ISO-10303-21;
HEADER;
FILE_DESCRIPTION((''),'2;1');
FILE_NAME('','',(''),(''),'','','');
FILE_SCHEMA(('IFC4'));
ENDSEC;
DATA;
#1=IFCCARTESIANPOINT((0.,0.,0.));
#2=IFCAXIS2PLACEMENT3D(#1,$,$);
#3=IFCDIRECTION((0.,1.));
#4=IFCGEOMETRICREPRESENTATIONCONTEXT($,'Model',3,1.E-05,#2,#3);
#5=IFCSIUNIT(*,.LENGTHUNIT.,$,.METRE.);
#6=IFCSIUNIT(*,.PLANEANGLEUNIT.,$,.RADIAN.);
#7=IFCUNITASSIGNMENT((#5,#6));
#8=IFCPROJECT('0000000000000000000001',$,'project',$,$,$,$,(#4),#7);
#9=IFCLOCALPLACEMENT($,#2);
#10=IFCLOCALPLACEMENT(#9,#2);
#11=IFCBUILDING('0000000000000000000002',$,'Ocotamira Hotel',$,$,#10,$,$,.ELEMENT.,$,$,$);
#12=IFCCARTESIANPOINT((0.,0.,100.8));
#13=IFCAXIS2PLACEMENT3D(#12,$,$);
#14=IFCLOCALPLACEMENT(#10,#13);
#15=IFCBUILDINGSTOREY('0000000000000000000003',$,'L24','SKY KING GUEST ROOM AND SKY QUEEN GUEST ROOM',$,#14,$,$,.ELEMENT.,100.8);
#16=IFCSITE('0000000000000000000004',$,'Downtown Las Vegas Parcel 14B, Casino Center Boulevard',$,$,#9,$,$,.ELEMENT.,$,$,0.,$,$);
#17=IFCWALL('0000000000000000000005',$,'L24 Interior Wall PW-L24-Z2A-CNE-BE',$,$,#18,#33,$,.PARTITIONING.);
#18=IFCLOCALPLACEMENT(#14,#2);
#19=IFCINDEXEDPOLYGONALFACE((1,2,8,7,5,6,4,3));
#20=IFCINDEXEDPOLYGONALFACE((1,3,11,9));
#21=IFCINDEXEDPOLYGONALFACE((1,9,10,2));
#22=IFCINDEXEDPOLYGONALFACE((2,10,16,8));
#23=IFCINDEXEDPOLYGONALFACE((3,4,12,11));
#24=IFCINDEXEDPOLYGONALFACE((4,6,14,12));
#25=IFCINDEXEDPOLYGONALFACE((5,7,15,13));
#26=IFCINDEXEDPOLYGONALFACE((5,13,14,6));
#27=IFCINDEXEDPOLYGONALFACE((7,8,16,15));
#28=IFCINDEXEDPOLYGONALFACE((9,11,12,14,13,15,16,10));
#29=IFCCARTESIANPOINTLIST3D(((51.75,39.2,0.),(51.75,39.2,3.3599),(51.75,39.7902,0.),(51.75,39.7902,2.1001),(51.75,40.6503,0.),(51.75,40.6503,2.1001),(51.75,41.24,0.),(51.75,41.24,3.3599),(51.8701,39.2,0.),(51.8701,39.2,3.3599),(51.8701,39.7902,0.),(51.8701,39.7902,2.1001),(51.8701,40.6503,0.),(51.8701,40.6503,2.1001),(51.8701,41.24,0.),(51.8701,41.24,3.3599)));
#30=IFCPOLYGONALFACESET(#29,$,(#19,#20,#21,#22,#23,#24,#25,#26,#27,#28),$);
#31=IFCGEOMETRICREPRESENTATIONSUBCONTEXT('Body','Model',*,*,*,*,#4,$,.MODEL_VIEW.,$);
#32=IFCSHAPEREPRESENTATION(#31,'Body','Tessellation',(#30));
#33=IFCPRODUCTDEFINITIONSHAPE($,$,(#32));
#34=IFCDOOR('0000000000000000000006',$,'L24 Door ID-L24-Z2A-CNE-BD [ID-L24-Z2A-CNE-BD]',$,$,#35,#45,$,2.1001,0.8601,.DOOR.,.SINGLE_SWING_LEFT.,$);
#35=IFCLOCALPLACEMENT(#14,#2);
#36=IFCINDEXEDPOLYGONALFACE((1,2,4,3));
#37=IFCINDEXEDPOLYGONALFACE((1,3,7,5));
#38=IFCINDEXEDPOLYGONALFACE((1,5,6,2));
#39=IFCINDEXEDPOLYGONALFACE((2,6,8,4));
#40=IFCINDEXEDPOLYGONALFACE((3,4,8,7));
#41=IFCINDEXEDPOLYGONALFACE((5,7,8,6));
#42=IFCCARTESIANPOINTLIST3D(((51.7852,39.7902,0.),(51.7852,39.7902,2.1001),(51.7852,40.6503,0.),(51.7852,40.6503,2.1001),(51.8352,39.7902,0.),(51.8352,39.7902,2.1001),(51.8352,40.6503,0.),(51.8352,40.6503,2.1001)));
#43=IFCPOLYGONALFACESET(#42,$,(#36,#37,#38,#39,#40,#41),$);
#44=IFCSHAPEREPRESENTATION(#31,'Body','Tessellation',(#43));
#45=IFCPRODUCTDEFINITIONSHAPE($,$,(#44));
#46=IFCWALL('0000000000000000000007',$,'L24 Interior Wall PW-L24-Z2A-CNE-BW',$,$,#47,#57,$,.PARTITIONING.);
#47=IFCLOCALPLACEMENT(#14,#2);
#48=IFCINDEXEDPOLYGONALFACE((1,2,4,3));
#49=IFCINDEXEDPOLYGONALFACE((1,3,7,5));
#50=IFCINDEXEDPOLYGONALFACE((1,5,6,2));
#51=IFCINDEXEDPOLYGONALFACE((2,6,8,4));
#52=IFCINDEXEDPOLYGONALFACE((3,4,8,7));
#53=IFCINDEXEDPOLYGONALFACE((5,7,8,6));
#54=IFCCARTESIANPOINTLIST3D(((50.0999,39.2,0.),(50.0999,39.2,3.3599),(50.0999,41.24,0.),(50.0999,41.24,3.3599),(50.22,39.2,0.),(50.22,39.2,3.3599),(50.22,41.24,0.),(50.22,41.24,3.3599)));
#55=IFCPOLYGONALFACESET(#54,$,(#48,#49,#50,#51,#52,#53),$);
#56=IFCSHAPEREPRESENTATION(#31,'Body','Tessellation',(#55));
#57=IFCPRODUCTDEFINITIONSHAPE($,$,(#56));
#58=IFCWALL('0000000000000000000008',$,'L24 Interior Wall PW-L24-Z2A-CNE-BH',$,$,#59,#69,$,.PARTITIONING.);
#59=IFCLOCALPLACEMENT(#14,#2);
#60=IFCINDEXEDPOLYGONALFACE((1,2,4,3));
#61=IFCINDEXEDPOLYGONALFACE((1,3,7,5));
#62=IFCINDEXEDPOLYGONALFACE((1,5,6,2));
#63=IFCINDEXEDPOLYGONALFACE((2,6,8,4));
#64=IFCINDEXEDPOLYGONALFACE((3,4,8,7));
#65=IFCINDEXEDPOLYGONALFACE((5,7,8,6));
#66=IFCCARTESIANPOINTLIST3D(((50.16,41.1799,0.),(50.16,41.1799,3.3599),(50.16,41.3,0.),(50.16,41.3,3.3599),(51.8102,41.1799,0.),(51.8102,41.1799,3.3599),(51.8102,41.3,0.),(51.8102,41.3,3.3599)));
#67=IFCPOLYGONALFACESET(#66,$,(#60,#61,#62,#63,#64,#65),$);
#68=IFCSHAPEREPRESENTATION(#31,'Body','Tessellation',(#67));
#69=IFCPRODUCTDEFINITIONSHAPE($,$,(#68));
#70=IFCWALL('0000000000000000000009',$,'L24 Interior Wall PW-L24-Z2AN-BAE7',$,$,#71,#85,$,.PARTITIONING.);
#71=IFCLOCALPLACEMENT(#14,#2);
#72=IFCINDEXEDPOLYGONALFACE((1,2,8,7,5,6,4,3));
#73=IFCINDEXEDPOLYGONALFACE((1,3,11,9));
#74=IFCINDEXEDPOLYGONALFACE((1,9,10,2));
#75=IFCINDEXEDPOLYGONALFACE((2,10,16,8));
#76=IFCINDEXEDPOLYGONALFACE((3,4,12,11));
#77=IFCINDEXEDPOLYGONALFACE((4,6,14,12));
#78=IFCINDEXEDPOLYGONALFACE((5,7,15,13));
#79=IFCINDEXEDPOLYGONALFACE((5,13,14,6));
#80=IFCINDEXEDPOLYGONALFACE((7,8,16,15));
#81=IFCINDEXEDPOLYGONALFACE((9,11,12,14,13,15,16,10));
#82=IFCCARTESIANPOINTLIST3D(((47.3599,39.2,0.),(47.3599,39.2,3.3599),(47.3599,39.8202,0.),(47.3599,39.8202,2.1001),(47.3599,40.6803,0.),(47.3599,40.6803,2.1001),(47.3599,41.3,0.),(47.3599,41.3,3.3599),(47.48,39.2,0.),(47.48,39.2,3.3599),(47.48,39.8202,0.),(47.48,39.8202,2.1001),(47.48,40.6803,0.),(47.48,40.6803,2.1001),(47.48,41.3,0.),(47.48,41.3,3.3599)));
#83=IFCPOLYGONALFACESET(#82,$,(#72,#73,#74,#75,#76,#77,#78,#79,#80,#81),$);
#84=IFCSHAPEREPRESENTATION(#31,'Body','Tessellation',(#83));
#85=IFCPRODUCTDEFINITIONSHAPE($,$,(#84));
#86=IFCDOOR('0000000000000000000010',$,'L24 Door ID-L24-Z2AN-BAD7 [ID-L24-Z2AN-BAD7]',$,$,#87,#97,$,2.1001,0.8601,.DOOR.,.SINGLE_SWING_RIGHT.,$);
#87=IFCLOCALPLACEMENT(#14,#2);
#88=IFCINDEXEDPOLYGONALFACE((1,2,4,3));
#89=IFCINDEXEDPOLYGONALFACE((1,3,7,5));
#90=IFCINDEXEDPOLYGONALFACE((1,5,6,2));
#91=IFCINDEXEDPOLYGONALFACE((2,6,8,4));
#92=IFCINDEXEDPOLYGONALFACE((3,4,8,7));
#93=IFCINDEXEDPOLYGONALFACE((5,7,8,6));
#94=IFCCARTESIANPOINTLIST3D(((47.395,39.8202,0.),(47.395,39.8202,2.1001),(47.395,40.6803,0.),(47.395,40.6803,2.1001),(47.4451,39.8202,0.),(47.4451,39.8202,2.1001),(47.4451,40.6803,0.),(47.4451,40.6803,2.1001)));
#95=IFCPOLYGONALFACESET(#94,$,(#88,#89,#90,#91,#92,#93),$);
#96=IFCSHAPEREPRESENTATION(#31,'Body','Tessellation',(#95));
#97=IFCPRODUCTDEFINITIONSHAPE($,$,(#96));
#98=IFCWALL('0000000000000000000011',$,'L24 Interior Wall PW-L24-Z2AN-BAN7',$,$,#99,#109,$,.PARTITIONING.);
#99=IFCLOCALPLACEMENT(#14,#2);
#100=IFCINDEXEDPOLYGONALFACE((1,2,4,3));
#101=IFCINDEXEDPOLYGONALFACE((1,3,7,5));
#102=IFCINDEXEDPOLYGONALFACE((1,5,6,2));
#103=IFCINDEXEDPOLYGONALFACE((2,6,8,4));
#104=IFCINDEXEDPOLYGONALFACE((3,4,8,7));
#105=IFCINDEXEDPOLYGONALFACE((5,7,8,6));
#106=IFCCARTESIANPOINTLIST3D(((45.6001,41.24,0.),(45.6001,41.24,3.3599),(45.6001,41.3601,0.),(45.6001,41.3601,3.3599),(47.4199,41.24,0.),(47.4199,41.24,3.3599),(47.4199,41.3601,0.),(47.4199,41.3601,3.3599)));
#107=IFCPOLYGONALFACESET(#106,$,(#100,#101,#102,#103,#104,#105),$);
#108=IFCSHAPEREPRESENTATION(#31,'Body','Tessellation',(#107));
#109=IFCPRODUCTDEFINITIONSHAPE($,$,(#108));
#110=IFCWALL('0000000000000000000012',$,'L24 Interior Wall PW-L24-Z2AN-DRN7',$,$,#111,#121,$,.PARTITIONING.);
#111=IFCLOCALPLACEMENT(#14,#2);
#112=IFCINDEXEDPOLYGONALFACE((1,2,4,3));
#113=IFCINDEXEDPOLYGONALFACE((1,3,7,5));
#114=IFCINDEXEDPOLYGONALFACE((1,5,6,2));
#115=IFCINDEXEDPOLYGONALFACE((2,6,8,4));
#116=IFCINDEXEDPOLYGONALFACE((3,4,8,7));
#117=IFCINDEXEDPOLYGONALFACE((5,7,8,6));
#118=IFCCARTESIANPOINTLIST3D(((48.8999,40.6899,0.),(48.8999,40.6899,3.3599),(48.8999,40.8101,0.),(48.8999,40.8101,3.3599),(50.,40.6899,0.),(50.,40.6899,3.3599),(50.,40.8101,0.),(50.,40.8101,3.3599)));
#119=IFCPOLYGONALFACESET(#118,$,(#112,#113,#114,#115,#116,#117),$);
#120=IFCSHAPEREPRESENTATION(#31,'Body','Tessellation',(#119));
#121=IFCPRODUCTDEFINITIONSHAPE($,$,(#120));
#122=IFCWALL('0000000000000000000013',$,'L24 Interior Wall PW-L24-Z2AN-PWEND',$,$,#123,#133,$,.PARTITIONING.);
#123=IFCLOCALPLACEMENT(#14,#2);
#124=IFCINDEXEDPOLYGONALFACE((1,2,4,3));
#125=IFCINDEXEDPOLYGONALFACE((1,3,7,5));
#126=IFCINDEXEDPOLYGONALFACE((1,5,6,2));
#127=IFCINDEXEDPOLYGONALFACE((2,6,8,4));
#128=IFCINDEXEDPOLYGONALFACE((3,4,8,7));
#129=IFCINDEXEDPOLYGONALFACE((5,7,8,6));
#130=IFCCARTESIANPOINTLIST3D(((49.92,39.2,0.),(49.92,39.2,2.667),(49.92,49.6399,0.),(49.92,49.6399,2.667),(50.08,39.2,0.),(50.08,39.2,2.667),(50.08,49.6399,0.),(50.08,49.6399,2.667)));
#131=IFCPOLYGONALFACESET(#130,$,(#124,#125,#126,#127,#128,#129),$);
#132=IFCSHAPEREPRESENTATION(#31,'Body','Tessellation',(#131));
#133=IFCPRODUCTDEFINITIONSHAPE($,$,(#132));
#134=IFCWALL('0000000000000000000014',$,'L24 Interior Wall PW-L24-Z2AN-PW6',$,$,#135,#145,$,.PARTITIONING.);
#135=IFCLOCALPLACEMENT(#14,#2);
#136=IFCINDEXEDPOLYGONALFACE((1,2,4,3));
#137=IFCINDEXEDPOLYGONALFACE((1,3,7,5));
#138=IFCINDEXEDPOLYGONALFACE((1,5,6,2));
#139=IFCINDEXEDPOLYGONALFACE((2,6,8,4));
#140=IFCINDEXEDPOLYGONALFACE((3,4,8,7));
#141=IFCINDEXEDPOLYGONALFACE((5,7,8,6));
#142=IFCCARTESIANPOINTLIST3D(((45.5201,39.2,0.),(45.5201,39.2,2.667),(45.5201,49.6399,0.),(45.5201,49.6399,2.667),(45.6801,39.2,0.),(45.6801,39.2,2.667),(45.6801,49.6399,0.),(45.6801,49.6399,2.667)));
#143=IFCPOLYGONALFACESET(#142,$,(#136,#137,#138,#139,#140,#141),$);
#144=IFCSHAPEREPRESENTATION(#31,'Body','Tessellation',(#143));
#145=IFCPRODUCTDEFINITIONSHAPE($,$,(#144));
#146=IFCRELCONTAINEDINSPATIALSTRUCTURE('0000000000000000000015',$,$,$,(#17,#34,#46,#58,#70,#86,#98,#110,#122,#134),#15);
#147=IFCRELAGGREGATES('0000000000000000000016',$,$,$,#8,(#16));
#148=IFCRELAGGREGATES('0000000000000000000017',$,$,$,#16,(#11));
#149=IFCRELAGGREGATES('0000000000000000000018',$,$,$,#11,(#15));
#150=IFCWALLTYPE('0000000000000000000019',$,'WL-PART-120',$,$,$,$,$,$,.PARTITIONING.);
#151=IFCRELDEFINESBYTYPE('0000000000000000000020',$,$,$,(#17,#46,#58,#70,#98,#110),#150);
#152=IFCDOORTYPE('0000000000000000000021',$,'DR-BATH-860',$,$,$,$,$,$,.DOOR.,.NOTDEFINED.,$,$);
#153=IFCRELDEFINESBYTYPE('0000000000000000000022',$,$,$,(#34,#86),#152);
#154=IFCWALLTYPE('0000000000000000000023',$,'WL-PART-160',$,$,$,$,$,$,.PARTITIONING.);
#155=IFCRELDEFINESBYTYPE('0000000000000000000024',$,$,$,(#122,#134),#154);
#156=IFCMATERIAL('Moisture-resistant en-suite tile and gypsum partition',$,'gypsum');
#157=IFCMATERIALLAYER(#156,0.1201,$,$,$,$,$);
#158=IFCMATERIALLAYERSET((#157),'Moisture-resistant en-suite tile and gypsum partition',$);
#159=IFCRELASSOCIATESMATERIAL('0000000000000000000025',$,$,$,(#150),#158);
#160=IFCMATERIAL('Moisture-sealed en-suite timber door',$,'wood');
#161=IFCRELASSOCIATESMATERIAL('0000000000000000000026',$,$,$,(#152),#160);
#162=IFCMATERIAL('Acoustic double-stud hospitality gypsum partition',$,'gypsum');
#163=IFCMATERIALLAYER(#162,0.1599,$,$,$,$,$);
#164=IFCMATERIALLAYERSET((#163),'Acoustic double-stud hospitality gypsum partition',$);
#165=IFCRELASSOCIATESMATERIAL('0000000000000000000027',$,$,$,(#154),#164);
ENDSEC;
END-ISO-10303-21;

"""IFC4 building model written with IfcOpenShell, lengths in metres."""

from ifc_helpers import new_model, si_unit, direction, frame, frame_2d, origin, place, context, subcontext, project, spatial, rectangle, extrude, source, transform, mapped, material, layer, layer_set, type_object, element, fill, save


model = new_model("IFC4")

# Units and contexts
model_context = context("Model", 3, precision=1e-05, world=origin(), true_north=direction((0.0, 1.0)))
body_context = subcontext(model_context, "Body", "Model", "MODEL_VIEW")
ifc_project = project(units=[si_unit("LENGTHUNIT", "METRE"), si_unit("PLANEANGLEUNIT", "RADIAN")], contexts=[model_context])

# Site, building, storey
site_placement = place(None, origin())
site = spatial("IfcSite", under=ifc_project, at=site_placement, Name="Downtown Las Vegas Parcel 14B, Casino Center Boulevard", CompositionType="ELEMENT", RefElevation=0.0)
building_placement = place(site_placement, origin())
building = spatial("IfcBuilding", under=site, at=building_placement, Name="Ocotamira Hotel", CompositionType="ELEMENT")
storey_placement = place(building_placement, frame((0.0, 0.0, 100.8)))
storey = spatial("IfcBuildingStorey", under=building, at=storey_placement, Name="L24", Description="SKY KING GUEST ROOM AND SKY QUEEN GUEST ROOM", CompositionType="ELEMENT", Elevation=100.8)

# Wall, opening, door
ifc_material_1 = material(Name="Moisture-resistant en-suite tile and gypsum partition", Category="gypsum")
ifc_layer_1 = layer(ifc_material_1, 0.1201)
ifc_layer_set_1 = layer_set([ifc_layer_1], Name="Moisture-resistant en-suite tile and gypsum partition")
wall_type_1 = type_object("IfcWallType", Name="WL-PART-120", PredefinedType="PARTITIONING", material=ifc_layer_set_1)
wall_1_placement = place(storey_placement, frame((51.8101, 39.2, 0.0), z_axis=(0.0, 0.0, 1.0), x_axis=(0.0, 1.0, 0.0)))
wall_1 = element("IfcWall", 1, at=wall_1_placement, inside=storey, type_object=wall_type_1, Name="L24 Interior Wall PW-L24-Z2A-CNE-BE", PredefinedType="PARTITIONING", context=body_context, shape_type="SweptSolid", body=[
    extrude(rectangle(XDim=2.04, YDim=0.1201, at=frame_2d((1.02, 0.0))), origin(), (0.0, 0.0, 1.0), 3.3599),
])
opening_1_placement = place(wall_1_placement, frame((0.5901, 0.0, 0.0)))
opening_1 = element("IfcOpeningElement", 2, at=opening_1_placement, cuts=wall_1, PredefinedType="OPENING", context=body_context, shape_type="SweptSolid", body=[
    extrude(rectangle(XDim=0.8601, YDim=2.1001, at=frame_2d((0.4302, 1.05))), frame((0.0, 0.0701, 0.0), z_axis=(0.0, -1.0, 0.0), x_axis=(1.0, 0.0, 0.0)), (0.0, 0.0, 1.0), 0.1401),
])
ifc_material_2 = material(Name="Moisture-sealed en-suite timber door", Category="wood")
door_type_1 = type_object("IfcDoorType", Name="DR-BATH-860", OperationType="NOTDEFINED", PredefinedType="DOOR", material=ifc_material_2)
shared_shape_1 = source(origin(), body_context, "Body", "SweptSolid", [
    extrude(rectangle(XDim=0.8601, YDim=2.1001, at=frame_2d((0.4302, 1.05))), frame((0.0, 0.0249, 0.0), z_axis=(0.0, -1.0, 0.0), x_axis=(1.0, 0.0, 0.0)), (0.0, 0.0, 1.0), 0.05),
])
door_1_placement = place(opening_1_placement, origin())
door_1 = element("IfcDoor", 3, at=door_1_placement, inside=storey, type_object=door_type_1, Name="L24 Door ID-L24-Z2A-CNE-BD [ID-L24-Z2A-CNE-BD]", OperationType="SINGLE_SWING_LEFT", OverallHeight=2.1001, OverallWidth=0.8601, PredefinedType="DOOR", context=body_context, shape_type="MappedRepresentation", body=[
    mapped(shared_shape_1, transform((0.0, 0.0, 0.0), scale=1.0)),
])
fill(opening_1, door_1)

# Walls
wall_2_placement = place(storey_placement, frame((50.1599, 39.2, 0.0), z_axis=(0.0, 0.0, 1.0), x_axis=(0.0, 1.0, 0.0)))
element("IfcWall", 4, at=wall_2_placement, inside=storey, type_object=wall_type_1, Name="L24 Interior Wall PW-L24-Z2A-CNE-BW", PredefinedType="PARTITIONING", context=body_context, shape_type="SweptSolid", body=[
    extrude(rectangle(XDim=2.04, YDim=0.1201, at=frame_2d((1.02, 0.0))), origin(), (0.0, 0.0, 1.0), 3.3599),
])
wall_3_placement = place(storey_placement, frame((50.1599, 41.24, 0.0), z_axis=(0.0, 0.0, 1.0), x_axis=(1.0, 0.0, 0.0)))
element("IfcWall", 5, at=wall_3_placement, inside=storey, type_object=wall_type_1, Name="L24 Interior Wall PW-L24-Z2A-CNE-BH", PredefinedType="PARTITIONING", context=body_context, shape_type="SweptSolid", body=[
    extrude(rectangle(XDim=1.6501, YDim=0.1201, at=frame_2d((0.8252, 0.0))), origin(), (0.0, 0.0, 1.0), 3.3599),
])

# Wall, opening, door
wall_4_placement = place(storey_placement, frame((47.4199, 39.2, 0.0), z_axis=(0.0, 0.0, 1.0), x_axis=(0.0, 1.0, 0.0)))
wall_4 = element("IfcWall", 6, at=wall_4_placement, inside=storey, type_object=wall_type_1, Name="L24 Interior Wall PW-L24-Z2AN-BAE7", PredefinedType="PARTITIONING", context=body_context, shape_type="SweptSolid", body=[
    extrude(rectangle(XDim=2.1001, YDim=0.1201, at=frame_2d((1.05, 0.0))), origin(), (0.0, 0.0, 1.0), 3.3599),
])
opening_2_placement = place(wall_4_placement, frame((0.6201, 0.0, 0.0)))
opening_2 = element("IfcOpeningElement", 7, at=opening_2_placement, cuts=wall_4, PredefinedType="OPENING", context=body_context, shape_type="SweptSolid", body=[
    extrude(rectangle(XDim=0.8601, YDim=2.1001, at=frame_2d((0.4302, 1.05))), frame((0.0, 0.0701, 0.0), z_axis=(0.0, -1.0, 0.0), x_axis=(1.0, 0.0, 0.0)), (0.0, 0.0, 1.0), 0.1401),
])
door_2_placement = place(opening_2_placement, origin())
door_2 = element("IfcDoor", 8, at=door_2_placement, inside=storey, type_object=door_type_1, Name="L24 Door ID-L24-Z2AN-BAD7 [ID-L24-Z2AN-BAD7]", OperationType="SINGLE_SWING_RIGHT", OverallHeight=2.1001, OverallWidth=0.8601, PredefinedType="DOOR", context=body_context, shape_type="MappedRepresentation", body=[
    mapped(shared_shape_1, transform((0.0, 0.0, 0.0), scale=1.0)),
])
fill(opening_2, door_2)

# Walls
wall_5_placement = place(storey_placement, frame((45.6001, 41.3, 0.0), z_axis=(0.0, 0.0, 1.0), x_axis=(1.0, 0.0, 0.0)))
element("IfcWall", 9, at=wall_5_placement, inside=storey, type_object=wall_type_1, Name="L24 Interior Wall PW-L24-Z2AN-BAN7", PredefinedType="PARTITIONING", context=body_context, shape_type="SweptSolid", body=[
    extrude(rectangle(XDim=1.8198, YDim=0.1201, at=frame_2d((0.9099, 0.0))), origin(), (0.0, 0.0, 1.0), 3.3599),
])
wall_6_placement = place(storey_placement, frame((48.8999, 40.75, 0.0), z_axis=(0.0, 0.0, 1.0), x_axis=(1.0, 0.0, 0.0)))
element("IfcWall", 10, at=wall_6_placement, inside=storey, type_object=wall_type_1, Name="L24 Interior Wall PW-L24-Z2AN-DRN7", PredefinedType="PARTITIONING", context=body_context, shape_type="SweptSolid", body=[
    extrude(rectangle(XDim=1.1001, YDim=0.1201, at=frame_2d((0.55, 0.0))), origin(), (0.0, 0.0, 1.0), 3.3599),
])
ifc_material_3 = material(Name="Acoustic double-stud hospitality gypsum partition", Category="gypsum")
ifc_layer_2 = layer(ifc_material_3, 0.1599)
ifc_layer_set_2 = layer_set([ifc_layer_2], Name="Acoustic double-stud hospitality gypsum partition")
wall_type_2 = type_object("IfcWallType", Name="WL-PART-160", PredefinedType="PARTITIONING", material=ifc_layer_set_2)
for number, where, z_axis, x_axis, name in (
    (11, (50.0, 39.2, 0.0), (0.0, 0.0, 1.0), (0.0, 1.0, 0.0), "L24 Interior Wall PW-L24-Z2AN-PWEND"),
    (12, (45.6001, 39.2, 0.0), (0.0, 0.0, 1.0), (0.0, 1.0, 0.0), "L24 Interior Wall PW-L24-Z2AN-PW6"),
):
    element("IfcWall", number, at=place(storey_placement, frame(where, z_axis=z_axis, x_axis=x_axis)), inside=storey, type_object=wall_type_2, Name=name, PredefinedType="PARTITIONING", context=body_context, shape_type="SweptSolid", body=[
        extrude(rectangle(XDim=10.4399, YDim=0.1599, at=frame_2d((5.22, 0.0))), origin(), (0.0, 0.0, 1.0), 2.667),
    ])

save(model, "model.ifc")
